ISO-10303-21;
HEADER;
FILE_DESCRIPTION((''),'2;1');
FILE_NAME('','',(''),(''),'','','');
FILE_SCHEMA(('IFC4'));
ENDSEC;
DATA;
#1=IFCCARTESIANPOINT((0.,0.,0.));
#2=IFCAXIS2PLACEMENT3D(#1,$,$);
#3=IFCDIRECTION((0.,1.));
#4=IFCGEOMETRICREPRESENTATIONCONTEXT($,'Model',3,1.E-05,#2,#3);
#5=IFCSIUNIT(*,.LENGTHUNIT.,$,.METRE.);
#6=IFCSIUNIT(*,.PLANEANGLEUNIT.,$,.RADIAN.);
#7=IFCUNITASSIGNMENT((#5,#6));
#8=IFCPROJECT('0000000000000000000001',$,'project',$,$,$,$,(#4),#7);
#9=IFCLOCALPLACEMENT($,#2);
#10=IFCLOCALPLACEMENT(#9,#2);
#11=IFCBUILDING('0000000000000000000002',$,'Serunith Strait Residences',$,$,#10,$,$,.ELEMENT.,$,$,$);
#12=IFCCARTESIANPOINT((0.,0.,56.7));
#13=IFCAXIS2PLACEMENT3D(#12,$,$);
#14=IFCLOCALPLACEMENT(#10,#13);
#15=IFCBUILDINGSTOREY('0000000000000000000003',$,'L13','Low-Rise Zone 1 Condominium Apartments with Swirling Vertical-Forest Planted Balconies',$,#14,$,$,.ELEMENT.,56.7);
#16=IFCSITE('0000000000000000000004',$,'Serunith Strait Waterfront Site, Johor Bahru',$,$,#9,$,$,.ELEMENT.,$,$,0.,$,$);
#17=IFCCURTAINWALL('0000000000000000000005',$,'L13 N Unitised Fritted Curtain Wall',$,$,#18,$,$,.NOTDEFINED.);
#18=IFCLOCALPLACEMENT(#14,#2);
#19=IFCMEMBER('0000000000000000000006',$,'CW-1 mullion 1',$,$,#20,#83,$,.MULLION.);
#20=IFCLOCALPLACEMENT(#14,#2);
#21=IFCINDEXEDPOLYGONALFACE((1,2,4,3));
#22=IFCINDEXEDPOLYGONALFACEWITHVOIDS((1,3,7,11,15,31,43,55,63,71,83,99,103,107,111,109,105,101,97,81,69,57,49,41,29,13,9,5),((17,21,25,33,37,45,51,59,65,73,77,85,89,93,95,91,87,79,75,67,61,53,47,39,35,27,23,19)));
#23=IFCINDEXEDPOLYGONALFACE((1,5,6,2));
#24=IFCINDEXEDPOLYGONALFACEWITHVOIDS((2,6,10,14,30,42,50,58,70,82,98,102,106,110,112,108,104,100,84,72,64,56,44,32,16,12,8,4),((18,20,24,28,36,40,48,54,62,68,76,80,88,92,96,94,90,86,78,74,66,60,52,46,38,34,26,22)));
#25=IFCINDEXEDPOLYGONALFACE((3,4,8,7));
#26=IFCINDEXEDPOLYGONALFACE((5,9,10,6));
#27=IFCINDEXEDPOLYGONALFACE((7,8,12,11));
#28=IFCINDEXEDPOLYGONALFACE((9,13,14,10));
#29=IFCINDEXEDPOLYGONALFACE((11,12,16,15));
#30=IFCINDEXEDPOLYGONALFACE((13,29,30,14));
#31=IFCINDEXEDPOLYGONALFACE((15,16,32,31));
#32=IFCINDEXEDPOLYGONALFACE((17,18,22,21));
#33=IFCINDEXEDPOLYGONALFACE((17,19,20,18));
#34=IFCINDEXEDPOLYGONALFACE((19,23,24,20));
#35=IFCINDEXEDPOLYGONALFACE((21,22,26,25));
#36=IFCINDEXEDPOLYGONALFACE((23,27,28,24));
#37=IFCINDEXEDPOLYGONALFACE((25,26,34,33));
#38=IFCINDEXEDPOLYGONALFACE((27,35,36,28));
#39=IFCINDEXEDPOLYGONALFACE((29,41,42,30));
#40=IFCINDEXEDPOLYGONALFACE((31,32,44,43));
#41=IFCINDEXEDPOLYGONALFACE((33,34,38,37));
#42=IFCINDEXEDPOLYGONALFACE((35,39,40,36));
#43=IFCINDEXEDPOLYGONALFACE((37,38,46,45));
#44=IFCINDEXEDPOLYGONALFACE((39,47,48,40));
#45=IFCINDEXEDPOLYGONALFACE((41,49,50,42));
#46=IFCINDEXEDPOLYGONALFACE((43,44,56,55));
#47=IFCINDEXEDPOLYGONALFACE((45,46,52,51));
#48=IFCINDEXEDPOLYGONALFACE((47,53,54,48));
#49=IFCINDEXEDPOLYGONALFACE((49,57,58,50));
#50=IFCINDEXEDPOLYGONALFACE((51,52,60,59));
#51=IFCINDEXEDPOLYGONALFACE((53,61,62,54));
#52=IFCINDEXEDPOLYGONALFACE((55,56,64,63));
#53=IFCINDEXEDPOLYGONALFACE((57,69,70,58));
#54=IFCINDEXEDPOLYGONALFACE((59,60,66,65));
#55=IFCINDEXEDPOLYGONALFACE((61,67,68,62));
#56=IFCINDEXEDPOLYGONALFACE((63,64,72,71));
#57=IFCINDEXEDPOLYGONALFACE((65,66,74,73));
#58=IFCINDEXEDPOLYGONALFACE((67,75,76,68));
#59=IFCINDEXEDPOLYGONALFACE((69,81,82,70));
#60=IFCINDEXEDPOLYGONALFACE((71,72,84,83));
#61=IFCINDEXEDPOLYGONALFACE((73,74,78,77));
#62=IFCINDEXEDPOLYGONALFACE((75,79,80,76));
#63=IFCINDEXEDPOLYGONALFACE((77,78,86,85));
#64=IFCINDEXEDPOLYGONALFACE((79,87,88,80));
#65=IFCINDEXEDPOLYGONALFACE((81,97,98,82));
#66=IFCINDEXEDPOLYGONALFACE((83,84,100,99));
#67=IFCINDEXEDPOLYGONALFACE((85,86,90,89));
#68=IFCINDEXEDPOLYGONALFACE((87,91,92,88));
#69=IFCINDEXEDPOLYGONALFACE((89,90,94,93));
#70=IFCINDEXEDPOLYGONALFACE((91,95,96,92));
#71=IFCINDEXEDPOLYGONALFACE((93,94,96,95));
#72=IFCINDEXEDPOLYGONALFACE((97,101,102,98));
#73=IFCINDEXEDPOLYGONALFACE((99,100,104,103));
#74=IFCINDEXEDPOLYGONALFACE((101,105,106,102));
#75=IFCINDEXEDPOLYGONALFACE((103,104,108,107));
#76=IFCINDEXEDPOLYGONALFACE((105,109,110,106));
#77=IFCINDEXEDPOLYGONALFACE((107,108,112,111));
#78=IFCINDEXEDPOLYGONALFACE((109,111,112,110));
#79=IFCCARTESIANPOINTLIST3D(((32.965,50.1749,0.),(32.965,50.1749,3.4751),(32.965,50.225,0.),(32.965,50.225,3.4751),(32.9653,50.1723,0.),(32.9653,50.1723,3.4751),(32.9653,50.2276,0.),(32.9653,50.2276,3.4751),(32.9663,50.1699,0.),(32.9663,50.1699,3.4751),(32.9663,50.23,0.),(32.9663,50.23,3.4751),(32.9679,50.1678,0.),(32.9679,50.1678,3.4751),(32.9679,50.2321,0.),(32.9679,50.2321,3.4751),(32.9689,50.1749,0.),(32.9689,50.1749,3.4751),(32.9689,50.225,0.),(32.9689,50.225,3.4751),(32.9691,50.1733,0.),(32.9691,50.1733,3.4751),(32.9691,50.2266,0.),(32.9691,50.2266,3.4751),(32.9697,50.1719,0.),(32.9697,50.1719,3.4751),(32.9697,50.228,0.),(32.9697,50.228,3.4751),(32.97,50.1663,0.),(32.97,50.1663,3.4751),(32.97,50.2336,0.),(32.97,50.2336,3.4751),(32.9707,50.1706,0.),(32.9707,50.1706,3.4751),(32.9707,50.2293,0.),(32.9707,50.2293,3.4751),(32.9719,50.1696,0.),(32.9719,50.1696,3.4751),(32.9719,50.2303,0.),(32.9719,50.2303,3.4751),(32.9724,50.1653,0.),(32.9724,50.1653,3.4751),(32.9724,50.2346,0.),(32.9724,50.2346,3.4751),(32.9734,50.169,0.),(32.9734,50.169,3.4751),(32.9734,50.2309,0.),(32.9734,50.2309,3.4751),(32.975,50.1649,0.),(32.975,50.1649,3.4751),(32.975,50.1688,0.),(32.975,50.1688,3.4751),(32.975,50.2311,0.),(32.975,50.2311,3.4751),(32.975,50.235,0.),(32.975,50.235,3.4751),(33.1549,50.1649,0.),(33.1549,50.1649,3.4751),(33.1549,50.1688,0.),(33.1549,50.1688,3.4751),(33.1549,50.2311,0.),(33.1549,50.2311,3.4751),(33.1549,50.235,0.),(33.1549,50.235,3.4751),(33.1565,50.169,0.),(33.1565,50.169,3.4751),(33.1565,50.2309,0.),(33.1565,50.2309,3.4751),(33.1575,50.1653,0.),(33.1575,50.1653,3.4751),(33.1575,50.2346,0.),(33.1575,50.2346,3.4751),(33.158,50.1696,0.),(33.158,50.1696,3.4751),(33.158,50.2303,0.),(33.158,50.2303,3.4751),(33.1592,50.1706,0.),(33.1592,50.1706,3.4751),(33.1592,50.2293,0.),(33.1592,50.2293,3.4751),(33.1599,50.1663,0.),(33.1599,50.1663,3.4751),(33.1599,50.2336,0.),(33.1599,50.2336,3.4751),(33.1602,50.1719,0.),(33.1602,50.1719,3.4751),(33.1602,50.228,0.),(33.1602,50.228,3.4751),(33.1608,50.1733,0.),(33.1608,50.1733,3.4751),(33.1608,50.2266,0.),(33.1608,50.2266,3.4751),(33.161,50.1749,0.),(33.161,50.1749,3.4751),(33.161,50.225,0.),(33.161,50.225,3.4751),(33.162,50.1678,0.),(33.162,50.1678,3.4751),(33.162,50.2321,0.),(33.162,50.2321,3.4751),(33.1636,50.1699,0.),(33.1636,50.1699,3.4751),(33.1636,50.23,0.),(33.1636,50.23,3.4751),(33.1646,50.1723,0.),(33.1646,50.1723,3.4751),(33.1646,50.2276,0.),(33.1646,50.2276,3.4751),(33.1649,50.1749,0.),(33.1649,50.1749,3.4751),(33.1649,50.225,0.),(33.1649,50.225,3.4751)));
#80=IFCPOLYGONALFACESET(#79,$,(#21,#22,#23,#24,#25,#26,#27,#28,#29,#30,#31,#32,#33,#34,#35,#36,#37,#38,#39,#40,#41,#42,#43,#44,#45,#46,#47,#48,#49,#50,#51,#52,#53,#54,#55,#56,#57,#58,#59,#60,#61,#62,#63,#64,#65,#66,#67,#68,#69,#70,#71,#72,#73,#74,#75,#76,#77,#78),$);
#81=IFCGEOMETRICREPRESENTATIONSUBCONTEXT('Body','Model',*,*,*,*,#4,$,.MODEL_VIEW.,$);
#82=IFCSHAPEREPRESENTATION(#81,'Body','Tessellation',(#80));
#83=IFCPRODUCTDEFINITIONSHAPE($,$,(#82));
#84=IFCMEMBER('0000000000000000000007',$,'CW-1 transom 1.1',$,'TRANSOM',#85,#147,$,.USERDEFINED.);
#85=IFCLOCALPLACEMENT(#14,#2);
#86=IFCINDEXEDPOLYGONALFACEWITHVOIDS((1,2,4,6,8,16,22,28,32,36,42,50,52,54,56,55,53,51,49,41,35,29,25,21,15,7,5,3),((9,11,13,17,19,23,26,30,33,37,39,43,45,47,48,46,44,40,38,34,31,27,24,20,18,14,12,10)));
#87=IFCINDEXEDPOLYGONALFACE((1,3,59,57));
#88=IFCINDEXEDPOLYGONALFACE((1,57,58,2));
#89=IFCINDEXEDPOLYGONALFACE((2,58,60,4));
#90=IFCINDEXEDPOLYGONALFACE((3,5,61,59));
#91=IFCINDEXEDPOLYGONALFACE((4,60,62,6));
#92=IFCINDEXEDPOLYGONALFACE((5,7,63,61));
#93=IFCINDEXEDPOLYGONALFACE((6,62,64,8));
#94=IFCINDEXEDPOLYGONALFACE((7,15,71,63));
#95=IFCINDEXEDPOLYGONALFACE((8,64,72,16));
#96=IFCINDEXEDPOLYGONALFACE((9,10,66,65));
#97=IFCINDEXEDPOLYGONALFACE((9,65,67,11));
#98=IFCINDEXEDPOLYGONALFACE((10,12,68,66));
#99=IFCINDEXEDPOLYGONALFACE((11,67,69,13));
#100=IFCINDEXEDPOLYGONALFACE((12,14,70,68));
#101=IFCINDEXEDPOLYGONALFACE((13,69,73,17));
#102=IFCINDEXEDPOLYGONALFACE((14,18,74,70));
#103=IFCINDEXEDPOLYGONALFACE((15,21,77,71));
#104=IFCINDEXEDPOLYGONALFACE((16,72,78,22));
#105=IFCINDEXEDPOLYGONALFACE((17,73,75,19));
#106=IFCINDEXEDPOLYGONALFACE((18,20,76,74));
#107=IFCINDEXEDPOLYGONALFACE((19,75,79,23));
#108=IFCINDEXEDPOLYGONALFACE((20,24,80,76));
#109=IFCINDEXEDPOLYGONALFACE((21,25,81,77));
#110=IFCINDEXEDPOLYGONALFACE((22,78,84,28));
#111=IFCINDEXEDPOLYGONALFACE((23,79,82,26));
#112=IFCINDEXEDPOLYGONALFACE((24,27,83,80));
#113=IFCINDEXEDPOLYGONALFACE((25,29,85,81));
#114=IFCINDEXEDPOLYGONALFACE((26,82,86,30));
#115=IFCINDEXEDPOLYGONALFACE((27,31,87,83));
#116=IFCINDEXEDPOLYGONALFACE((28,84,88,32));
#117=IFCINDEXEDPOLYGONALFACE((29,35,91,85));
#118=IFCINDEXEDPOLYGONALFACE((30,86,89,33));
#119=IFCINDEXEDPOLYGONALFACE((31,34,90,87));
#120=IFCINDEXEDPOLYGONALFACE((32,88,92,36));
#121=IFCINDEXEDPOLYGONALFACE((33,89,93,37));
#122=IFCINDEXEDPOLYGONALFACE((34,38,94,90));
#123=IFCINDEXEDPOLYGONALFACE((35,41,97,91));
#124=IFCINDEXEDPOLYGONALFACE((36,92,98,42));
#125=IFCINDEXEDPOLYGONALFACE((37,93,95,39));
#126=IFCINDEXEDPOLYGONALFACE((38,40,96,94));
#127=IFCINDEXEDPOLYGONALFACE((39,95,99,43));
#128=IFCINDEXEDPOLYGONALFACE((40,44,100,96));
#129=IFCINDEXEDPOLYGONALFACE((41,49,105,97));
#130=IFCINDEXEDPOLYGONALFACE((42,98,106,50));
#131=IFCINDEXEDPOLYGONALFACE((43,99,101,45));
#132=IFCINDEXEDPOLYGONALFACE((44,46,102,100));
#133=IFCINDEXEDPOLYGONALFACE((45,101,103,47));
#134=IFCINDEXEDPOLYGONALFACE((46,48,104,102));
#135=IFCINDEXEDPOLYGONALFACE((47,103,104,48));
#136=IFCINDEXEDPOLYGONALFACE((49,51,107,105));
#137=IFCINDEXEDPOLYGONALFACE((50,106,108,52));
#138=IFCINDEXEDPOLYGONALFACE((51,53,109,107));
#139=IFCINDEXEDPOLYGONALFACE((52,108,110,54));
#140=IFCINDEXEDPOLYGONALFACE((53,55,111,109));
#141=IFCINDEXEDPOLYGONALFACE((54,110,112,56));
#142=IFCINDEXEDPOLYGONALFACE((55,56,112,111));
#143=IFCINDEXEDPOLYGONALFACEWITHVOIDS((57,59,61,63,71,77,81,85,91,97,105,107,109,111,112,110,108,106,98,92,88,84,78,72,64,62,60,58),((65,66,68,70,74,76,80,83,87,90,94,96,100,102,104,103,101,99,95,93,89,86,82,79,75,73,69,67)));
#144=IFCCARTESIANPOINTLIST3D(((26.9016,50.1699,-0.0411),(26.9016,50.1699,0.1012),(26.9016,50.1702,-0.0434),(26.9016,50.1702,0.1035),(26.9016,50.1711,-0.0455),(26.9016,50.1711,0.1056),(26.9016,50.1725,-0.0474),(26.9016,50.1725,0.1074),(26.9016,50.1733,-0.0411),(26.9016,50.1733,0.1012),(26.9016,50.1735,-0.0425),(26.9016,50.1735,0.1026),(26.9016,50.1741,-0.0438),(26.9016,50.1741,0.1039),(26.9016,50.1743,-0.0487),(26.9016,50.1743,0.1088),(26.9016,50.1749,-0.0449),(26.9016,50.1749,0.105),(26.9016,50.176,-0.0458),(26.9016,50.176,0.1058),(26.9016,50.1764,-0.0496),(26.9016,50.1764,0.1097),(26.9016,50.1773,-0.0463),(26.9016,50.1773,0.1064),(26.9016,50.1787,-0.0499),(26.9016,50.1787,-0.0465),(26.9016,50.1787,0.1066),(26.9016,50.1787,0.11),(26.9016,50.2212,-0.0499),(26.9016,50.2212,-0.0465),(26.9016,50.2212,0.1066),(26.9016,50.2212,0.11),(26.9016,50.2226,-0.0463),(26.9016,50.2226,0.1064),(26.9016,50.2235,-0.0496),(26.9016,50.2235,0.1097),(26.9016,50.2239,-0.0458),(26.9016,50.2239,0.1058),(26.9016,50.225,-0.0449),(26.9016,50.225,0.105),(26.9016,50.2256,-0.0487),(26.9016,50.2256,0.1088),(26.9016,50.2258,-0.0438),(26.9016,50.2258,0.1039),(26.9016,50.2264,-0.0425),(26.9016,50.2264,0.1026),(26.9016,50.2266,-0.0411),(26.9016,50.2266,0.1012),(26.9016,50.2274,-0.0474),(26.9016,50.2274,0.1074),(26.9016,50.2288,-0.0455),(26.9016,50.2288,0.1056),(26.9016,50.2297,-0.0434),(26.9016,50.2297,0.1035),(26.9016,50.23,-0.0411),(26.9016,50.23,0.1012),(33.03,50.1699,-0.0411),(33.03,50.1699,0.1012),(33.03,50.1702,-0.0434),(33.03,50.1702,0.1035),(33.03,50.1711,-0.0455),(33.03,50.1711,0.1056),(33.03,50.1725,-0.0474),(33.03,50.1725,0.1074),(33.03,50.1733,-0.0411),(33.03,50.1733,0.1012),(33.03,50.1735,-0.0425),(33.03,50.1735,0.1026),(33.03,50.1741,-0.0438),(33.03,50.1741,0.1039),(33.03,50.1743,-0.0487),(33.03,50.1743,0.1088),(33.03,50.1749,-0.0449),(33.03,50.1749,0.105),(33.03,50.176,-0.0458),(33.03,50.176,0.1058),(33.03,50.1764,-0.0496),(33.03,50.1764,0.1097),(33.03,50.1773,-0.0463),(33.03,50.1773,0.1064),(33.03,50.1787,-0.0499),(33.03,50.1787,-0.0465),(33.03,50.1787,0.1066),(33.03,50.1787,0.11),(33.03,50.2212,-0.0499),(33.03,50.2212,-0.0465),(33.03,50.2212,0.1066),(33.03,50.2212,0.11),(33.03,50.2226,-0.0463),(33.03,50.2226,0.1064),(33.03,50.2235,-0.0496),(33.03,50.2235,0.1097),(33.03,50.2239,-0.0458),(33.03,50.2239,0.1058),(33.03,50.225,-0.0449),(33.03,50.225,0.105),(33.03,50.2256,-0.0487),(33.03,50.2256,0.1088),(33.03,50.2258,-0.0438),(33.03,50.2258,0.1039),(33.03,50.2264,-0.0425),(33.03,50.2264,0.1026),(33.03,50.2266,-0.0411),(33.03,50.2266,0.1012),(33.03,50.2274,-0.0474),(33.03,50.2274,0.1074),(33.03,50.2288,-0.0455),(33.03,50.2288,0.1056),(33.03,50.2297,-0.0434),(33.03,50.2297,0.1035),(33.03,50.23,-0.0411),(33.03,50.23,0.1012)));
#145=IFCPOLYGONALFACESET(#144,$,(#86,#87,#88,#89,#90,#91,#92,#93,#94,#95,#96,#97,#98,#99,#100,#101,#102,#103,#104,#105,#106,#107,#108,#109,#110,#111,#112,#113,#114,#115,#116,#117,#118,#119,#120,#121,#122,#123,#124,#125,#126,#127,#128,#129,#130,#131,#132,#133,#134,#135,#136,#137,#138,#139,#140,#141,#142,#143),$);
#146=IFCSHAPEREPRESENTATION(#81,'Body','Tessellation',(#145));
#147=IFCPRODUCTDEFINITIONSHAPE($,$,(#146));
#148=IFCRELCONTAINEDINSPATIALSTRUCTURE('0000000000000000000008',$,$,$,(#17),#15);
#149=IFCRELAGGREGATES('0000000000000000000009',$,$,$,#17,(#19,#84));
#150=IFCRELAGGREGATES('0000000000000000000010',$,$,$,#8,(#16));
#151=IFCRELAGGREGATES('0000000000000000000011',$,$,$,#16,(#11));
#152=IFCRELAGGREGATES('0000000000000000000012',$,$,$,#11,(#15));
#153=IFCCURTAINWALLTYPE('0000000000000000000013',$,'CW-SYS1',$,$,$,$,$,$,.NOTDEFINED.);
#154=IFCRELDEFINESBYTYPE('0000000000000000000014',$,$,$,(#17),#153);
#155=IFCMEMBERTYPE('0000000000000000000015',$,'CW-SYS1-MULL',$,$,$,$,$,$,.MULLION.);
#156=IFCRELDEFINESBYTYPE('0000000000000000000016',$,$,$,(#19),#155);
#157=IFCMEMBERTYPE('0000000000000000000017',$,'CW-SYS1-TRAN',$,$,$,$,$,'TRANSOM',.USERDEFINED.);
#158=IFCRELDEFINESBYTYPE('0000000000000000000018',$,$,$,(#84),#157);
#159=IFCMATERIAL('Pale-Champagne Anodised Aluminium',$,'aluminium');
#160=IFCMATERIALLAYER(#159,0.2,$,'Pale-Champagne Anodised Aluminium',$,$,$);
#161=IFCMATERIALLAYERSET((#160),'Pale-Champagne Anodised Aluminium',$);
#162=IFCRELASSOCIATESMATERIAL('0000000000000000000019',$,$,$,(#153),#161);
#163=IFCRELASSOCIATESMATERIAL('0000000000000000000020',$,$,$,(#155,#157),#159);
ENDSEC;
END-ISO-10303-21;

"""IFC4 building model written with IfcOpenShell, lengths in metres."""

from ifc_helpers import new_model, si_unit, direction, frame, origin, origin_2d, place, context, subcontext, project, spatial, hollow_rectangle, extrude, source, transform, mapped, material, layer, layer_set, material_profile, profile_set, type_object, element, aggregate, save


model = new_model("IFC4")

# Units and contexts
model_context = context("Model", 3, precision=1e-05, world=origin(), true_north=direction((0.0, 1.0)))
body_context = subcontext(model_context, "Body", "Model", "MODEL_VIEW")
ifc_project = project(units=[si_unit("LENGTHUNIT", "METRE"), si_unit("PLANEANGLEUNIT", "RADIAN")], contexts=[model_context])

# Site, building, storey
site_placement = place(None, origin())
site = spatial("IfcSite", under=ifc_project, at=site_placement, Name="Serunith Strait Waterfront Site, Johor Bahru", CompositionType="ELEMENT", RefElevation=0.0)
building_placement = place(site_placement, origin())
building = spatial("IfcBuilding", under=site, at=building_placement, Name="Serunith Strait Residences", CompositionType="ELEMENT")
storey_placement = place(building_placement, frame((0.0, 0.0, 56.7)))
storey = spatial("IfcBuildingStorey", under=building, at=storey_placement, Name="L13", Description="Low-Rise Zone 1 Condominium Apartments with Swirling Vertical-Forest Planted Balconies", CompositionType="ELEMENT", Elevation=56.7)

# Curtain wall, members
ifc_material_1 = material(Name="Pale-Champagne Anodised Aluminium", Category="aluminium")
ifc_layer_1 = layer(ifc_material_1, 0.2, Name="Pale-Champagne Anodised Aluminium")
ifc_layer_set_1 = layer_set([ifc_layer_1], Name="Pale-Champagne Anodised Aluminium")
curtain_wall_type = type_object("IfcCurtainWallType", Name="CW-SYS1", PredefinedType="NOTDEFINED", material=ifc_layer_set_1)
ifc_material_profile_1 = material_profile(ifc_material_1, hollow_rectangle(XDim=0.0701, YDim=0.2, WallThickness=0.0039, InnerFilletRadius=0.0061, OuterFilletRadius=0.01, at=origin_2d()), Name="ALU 200x70x4")
ifc_profile_set_1 = profile_set([ifc_material_profile_1], Name="Pale-Champagne Anodised Aluminium")
member_type_1 = type_object("IfcMemberType", Name="CW-SYS1-MULL", PredefinedType="MULLION", material=ifc_profile_set_1)
shared_shape_1 = source(origin(), body_context, "Body", "SweptSolid", [
    extrude(hollow_rectangle(XDim=0.0701, YDim=0.2, WallThickness=0.0039, InnerFilletRadius=0.0061, OuterFilletRadius=0.01, at=origin_2d()), origin(), (0.0, 0.0, 1.0), 3.4751),
])
curtain_wall_1_placement = place(storey_placement, origin())
curtain_wall_1 = element("IfcCurtainWall", 1, at=curtain_wall_1_placement, inside=storey, type_object=curtain_wall_type, Name="L13 N Unitised Fritted Curtain Wall", PredefinedType="NOTDEFINED")
member_1_placement = place(storey_placement, frame((33.0649, 50.2, 0.0), z_axis=(0.0, 0.0, 1.0), x_axis=(0.0, -1.0, 0.0)))
member_1 = element("IfcMember", 2, at=member_1_placement, type_object=member_type_1, Name="CW-1 mullion 1", PredefinedType="MULLION", context=body_context, shape_type="MappedRepresentation", body=[
    mapped(shared_shape_1, transform((0.0, 0.0, 0.0), scale=1.0)),
])
ifc_material_profile_2 = material_profile(ifc_material_1, hollow_rectangle(XDim=0.0601, YDim=0.1599, WallThickness=0.0034, InnerFilletRadius=0.0054, OuterFilletRadius=0.0088, at=origin_2d()), Name="ALU 160x60x3.5")
ifc_profile_set_2 = profile_set([ifc_material_profile_2], Name="Pale-Champagne Anodised Aluminium")
member_type_2 = type_object("IfcMemberType", Name="CW-SYS1-TRAN", ElementType="TRANSOM", PredefinedType="USERDEFINED", material=ifc_profile_set_2)
shared_shape_2 = source(origin(), body_context, "Body", "SweptSolid", [
    extrude(hollow_rectangle(XDim=0.0601, YDim=0.1599, WallThickness=0.0034, InnerFilletRadius=0.0054, OuterFilletRadius=0.0088, at=origin_2d()), origin(), (0.0, 0.0, 1.0), 6.1284),
])
member_2_placement = place(storey_placement, frame((33.03, 50.2, 0.03), z_axis=(-1.0, 0.0, 0.0), x_axis=(0.0, -1.0, 0.0)))
member_2 = element("IfcMember", 3, at=member_2_placement, type_object=member_type_2, Name="CW-1 transom 1.1", ObjectType="TRANSOM", PredefinedType="USERDEFINED", context=body_context, shape_type="MappedRepresentation", body=[
    mapped(shared_shape_2, transform((0.0, 0.0, 0.0), scale=1.0)),
])
aggregate(curtain_wall_1, [member_1, member_2])

save(model, "model.ifc")
